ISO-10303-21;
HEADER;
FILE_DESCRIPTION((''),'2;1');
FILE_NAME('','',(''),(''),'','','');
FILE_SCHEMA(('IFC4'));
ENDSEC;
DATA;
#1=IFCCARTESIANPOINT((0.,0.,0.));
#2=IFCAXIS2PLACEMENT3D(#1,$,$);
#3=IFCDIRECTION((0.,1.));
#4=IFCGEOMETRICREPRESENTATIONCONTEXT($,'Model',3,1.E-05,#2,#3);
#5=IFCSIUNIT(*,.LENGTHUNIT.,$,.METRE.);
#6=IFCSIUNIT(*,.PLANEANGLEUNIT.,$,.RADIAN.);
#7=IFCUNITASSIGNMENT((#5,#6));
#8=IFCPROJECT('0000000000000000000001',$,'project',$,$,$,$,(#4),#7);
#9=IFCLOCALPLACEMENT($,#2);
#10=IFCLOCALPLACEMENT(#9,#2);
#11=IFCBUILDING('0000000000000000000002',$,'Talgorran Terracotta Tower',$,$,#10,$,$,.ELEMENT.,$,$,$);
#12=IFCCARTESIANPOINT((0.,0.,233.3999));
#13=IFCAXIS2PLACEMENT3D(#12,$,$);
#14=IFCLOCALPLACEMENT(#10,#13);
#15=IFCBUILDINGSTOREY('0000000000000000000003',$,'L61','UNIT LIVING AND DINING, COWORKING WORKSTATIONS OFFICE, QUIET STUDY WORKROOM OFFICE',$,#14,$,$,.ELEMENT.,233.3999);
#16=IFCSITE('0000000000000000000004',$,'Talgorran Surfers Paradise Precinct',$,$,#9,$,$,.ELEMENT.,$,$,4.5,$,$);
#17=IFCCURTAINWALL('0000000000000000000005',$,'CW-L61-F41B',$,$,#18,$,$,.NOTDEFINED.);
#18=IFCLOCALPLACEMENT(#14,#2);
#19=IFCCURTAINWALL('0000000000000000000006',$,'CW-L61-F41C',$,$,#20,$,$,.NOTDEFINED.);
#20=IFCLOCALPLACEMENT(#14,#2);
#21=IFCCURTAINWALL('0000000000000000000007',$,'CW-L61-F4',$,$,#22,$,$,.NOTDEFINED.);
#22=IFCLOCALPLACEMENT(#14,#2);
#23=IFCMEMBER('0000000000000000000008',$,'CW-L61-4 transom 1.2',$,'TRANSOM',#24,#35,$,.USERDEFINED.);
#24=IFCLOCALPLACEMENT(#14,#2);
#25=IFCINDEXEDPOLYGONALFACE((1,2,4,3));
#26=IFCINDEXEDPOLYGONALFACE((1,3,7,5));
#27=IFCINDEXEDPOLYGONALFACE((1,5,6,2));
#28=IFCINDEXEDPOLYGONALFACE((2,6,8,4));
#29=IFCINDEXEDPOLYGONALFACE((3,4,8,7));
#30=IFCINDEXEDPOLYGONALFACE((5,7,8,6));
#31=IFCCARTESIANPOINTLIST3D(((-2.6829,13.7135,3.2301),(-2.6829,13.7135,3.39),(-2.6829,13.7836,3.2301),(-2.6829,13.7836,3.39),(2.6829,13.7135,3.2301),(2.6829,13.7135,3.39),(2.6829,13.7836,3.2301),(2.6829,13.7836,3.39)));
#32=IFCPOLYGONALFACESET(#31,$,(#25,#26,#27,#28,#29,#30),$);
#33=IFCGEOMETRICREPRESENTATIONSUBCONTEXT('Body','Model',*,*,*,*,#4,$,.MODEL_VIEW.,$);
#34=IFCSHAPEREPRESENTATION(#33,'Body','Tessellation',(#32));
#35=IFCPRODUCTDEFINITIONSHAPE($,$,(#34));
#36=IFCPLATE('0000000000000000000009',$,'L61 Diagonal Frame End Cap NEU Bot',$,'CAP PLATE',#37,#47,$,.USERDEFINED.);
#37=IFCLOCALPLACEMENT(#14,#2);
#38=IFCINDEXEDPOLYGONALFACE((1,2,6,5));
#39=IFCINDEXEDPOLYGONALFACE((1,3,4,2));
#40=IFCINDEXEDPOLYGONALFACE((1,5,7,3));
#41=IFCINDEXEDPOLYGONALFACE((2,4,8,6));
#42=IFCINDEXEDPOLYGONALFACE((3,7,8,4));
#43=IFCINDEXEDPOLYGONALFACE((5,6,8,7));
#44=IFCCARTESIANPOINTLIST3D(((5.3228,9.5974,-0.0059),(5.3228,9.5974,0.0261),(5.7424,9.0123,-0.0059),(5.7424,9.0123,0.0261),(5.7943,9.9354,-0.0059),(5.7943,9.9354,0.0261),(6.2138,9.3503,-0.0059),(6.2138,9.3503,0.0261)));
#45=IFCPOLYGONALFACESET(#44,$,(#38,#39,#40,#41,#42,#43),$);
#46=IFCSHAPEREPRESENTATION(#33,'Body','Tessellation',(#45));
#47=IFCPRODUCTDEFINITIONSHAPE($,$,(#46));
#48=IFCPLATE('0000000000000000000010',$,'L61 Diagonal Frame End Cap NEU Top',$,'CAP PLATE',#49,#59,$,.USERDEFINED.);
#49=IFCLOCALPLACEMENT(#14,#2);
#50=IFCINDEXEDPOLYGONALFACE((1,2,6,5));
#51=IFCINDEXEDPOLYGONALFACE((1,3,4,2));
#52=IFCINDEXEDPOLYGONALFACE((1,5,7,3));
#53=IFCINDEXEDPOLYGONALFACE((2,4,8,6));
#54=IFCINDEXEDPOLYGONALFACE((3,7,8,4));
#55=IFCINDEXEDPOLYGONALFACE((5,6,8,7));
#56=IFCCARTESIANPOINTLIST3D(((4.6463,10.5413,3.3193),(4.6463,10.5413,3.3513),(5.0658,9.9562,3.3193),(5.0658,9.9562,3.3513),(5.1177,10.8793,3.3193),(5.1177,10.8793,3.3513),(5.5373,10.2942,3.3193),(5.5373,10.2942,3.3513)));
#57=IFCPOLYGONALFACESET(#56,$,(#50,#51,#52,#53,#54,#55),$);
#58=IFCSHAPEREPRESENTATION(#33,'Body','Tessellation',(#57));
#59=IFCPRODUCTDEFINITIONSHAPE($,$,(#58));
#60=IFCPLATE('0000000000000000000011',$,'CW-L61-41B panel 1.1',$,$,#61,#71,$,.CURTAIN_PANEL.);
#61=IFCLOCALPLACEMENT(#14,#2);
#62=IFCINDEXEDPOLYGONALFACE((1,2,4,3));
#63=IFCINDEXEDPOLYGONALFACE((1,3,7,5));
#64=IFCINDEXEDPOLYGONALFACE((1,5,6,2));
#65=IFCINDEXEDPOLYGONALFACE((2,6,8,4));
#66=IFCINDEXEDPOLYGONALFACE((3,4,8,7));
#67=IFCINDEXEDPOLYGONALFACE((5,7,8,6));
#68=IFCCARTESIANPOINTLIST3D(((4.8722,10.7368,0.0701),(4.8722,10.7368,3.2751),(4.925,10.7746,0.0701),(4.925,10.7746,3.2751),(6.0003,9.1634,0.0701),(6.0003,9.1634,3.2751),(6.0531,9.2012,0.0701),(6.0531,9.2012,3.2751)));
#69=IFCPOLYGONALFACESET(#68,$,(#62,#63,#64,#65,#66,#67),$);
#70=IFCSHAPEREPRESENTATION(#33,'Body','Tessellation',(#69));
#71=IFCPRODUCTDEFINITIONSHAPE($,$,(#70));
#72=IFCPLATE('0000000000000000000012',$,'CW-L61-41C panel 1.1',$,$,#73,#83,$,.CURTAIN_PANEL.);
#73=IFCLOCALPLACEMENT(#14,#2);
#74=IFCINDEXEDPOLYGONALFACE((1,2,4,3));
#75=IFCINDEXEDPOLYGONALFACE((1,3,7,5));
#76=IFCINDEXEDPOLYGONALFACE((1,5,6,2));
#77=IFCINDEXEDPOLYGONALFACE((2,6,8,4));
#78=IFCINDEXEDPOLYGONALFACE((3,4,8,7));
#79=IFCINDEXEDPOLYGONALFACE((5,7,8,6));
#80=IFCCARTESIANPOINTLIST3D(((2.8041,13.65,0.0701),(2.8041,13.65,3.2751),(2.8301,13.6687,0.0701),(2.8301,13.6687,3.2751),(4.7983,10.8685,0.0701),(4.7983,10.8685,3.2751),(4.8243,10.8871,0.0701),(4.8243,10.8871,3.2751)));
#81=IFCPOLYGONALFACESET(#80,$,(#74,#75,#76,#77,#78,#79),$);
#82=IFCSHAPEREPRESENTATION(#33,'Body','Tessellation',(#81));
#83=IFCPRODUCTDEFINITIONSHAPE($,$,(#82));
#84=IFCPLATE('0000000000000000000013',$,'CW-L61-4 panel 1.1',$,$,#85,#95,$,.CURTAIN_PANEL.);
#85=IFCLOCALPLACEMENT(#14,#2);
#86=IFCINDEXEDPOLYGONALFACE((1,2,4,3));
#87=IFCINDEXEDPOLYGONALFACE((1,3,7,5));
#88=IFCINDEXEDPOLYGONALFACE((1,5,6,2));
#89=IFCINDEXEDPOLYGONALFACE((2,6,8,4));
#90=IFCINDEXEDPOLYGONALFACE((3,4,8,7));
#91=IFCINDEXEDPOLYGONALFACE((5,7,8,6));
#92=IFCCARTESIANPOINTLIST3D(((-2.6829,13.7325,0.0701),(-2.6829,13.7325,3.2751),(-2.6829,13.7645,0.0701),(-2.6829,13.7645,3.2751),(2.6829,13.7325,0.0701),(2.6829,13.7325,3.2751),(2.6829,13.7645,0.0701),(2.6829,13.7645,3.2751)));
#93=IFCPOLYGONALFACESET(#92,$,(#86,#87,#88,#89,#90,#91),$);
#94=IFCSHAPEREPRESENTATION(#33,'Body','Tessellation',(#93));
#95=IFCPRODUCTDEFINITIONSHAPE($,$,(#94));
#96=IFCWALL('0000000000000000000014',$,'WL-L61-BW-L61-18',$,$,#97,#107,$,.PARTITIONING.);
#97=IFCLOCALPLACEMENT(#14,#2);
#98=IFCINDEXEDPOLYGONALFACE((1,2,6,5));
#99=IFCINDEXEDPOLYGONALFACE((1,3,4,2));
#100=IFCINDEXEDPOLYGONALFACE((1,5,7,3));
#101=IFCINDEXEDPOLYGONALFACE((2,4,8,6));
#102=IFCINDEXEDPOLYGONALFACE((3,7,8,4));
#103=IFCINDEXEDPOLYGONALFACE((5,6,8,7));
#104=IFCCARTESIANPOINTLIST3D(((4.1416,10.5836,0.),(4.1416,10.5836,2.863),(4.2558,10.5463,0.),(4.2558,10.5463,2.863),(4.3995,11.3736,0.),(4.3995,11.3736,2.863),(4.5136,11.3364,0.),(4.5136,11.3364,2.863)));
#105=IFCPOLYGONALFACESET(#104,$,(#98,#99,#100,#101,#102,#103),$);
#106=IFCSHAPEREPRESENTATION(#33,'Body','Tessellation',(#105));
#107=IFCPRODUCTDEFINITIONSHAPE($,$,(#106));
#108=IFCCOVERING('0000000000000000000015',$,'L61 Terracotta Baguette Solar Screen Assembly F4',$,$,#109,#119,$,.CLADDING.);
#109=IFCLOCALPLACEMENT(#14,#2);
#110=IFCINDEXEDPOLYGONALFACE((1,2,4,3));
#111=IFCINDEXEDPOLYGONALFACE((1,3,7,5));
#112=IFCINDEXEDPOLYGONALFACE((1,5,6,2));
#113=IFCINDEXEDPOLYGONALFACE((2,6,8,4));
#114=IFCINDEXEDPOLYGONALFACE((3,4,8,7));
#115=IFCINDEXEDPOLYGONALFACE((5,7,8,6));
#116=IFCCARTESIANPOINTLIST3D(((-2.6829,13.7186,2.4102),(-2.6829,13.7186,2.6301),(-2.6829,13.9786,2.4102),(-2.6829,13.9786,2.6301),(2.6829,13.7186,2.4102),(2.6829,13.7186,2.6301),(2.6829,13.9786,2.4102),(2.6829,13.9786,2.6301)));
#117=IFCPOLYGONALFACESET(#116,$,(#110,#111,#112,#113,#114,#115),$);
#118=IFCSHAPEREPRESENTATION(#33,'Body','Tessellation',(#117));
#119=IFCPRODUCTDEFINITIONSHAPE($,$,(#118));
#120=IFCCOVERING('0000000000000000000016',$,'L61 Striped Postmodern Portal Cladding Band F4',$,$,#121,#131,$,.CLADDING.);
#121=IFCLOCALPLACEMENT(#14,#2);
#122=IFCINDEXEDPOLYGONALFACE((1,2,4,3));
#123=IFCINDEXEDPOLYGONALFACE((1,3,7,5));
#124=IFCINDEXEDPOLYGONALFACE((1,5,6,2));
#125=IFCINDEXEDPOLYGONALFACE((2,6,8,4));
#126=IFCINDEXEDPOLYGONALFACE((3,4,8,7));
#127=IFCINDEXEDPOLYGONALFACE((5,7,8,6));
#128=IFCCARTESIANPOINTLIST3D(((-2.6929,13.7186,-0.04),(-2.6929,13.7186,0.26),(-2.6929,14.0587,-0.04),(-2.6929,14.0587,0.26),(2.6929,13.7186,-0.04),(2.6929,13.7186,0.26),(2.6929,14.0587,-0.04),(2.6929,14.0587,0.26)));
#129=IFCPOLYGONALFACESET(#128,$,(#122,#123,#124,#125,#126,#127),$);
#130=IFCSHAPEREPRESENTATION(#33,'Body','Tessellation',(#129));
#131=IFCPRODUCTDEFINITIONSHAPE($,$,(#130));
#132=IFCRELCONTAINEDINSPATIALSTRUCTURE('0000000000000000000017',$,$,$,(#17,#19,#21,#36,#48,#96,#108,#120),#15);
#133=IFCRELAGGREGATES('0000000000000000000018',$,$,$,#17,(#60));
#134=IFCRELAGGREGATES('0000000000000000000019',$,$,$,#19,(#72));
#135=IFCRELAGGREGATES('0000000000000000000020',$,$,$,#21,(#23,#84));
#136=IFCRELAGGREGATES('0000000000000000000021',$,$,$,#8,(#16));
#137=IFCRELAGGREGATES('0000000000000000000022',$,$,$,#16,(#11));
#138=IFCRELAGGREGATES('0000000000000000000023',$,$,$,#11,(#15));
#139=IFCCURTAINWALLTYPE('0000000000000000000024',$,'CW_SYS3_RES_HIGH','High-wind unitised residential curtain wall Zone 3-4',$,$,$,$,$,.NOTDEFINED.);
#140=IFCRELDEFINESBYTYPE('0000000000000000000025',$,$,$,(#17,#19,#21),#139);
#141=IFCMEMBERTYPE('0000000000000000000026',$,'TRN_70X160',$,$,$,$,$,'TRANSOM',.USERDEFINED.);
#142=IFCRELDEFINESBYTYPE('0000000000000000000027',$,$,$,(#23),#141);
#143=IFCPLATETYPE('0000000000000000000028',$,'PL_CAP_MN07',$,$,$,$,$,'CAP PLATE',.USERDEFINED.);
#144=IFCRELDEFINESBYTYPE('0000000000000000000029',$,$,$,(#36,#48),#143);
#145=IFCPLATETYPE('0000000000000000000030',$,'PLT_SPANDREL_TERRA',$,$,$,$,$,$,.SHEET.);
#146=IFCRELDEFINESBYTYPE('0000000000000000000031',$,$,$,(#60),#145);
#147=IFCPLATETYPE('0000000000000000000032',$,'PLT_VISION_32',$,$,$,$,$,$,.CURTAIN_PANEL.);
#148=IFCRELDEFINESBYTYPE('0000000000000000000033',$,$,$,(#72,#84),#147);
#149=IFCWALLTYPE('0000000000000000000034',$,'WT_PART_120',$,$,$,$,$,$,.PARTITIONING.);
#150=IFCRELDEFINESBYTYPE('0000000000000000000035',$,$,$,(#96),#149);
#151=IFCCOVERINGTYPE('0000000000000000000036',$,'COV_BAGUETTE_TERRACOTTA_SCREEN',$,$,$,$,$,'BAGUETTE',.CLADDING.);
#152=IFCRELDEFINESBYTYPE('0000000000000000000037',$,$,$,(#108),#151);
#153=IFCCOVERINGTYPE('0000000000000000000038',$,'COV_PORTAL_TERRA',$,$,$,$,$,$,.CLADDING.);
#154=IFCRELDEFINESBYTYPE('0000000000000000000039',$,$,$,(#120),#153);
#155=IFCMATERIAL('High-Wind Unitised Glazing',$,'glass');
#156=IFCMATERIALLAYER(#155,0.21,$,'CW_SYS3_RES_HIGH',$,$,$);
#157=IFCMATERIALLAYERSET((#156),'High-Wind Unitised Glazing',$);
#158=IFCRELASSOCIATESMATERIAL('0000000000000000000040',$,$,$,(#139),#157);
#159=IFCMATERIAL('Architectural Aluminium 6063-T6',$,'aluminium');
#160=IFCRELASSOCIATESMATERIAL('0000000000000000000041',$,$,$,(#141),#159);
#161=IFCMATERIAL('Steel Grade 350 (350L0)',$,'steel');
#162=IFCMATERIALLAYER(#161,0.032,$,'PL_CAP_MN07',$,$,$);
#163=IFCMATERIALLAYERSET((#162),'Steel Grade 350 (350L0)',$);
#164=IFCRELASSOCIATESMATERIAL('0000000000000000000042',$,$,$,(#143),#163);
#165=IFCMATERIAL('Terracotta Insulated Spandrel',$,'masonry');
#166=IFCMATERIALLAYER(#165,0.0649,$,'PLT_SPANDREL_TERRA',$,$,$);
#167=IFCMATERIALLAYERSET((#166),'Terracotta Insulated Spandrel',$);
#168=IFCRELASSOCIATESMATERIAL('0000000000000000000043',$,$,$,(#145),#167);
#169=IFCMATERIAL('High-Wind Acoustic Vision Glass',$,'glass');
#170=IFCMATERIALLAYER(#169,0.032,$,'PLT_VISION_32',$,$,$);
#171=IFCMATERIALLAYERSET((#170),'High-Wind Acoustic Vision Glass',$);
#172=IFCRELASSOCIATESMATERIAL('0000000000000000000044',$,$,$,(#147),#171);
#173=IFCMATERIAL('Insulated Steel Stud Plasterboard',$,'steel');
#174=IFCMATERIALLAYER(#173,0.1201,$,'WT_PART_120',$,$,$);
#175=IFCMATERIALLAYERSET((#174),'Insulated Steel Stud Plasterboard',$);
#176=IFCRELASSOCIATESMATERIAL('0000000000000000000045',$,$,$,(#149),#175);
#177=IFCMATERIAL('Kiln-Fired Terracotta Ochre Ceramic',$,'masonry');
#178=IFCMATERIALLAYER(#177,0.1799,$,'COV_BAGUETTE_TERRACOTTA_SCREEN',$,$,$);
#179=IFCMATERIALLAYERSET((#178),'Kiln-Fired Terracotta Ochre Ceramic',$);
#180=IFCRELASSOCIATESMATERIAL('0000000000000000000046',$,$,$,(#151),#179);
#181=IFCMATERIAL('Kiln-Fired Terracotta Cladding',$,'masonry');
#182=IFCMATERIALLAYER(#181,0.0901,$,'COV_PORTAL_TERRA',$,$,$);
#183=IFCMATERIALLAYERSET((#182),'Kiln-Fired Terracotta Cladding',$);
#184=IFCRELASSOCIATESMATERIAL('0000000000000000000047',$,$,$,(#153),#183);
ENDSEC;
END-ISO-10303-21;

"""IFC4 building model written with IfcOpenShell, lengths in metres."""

from ifc_helpers import new_model, si_unit, direction, frame, frame_2d, origin, origin_2d, place, context, subcontext, project, spatial, rectangle, extrude, source, transform, mapped, material, layer, layer_set, material_profile, profile_set, type_object, type_shapes, element, aggregate, save


model = new_model("IFC4")

# Units and contexts
model_context = context("Model", 3, precision=1e-05, world=origin(), true_north=direction((0.0, 1.0)))
body_context = subcontext(model_context, "Body", "Model", "MODEL_VIEW")
ifc_project = project(units=[si_unit("LENGTHUNIT", "METRE"), si_unit("PLANEANGLEUNIT", "RADIAN")], contexts=[model_context])

# Site, building, storey
site_placement = place(None, origin())
site = spatial("IfcSite", under=ifc_project, at=site_placement, Name="Talgorran Surfers Paradise Precinct", CompositionType="ELEMENT", RefElevation=4.5)
building_placement = place(site_placement, origin())
building = spatial("IfcBuilding", under=site, at=building_placement, Name="Talgorran Terracotta Tower", CompositionType="ELEMENT")
storey_placement = place(building_placement, frame((0.0, 0.0, 233.3999)))
storey = spatial("IfcBuildingStorey", under=building, at=storey_placement, Name="L61", Description="UNIT LIVING AND DINING, COWORKING WORKSTATIONS OFFICE, QUIET STUDY WORKROOM OFFICE", CompositionType="ELEMENT", Elevation=233.3999)

# Shared definitions
ifc_material_1 = material(Name="Steel Grade 350 (350L0)", Category="steel")

# Curtain wall
ifc_material_2 = material(Name="High-Wind Unitised Glazing", Category="glass")
ifc_layer_1 = layer(ifc_material_2, 0.21, Name="CW_SYS3_RES_HIGH")
ifc_layer_set_1 = layer_set([ifc_layer_1], Name="High-Wind Unitised Glazing")
curtain_wall_type = type_object("IfcCurtainWallType", Name="CW_SYS3_RES_HIGH", Description="High-wind unitised residential curtain wall Zone 3-4", PredefinedType="NOTDEFINED", material=ifc_layer_set_1)
curtain_wall_1_placement = place(storey_placement, origin())
curtain_wall_1 = element("IfcCurtainWall", 1, at=curtain_wall_1_placement, inside=storey, type_object=curtain_wall_type, Name="CW-L61-F41B", PredefinedType="NOTDEFINED")
ifc_material_3 = material(Name="Architectural Aluminium 6063-T6", Category="aluminium")

# Curtain wall
curtain_wall_2_placement = place(storey_placement, origin())
curtain_wall_2 = element("IfcCurtainWall", 2, at=curtain_wall_2_placement, inside=storey, type_object=curtain_wall_type, Name="CW-L61-F41C", PredefinedType="NOTDEFINED")

# Curtain wall
curtain_wall_3_placement = place(storey_placement, origin())
curtain_wall_3 = element("IfcCurtainWall", 3, at=curtain_wall_3_placement, inside=storey, type_object=curtain_wall_type, Name="CW-L61-F4", PredefinedType="NOTDEFINED")

# Member
ifc_material_profile_1 = material_profile(ifc_material_3, rectangle(XDim=0.0701, YDim=0.1599, at=origin_2d()), Name="CWT70X160")
ifc_profile_set_1 = profile_set([ifc_material_profile_1], Name="Architectural Aluminium 6063-T6")
member_type_1 = type_object("IfcMemberType", Name="TRN_70X160", ElementType="TRANSOM", PredefinedType="USERDEFINED", material=ifc_profile_set_1)
member_1_placement = place(storey_placement, frame((2.6829, 13.7485, 3.3101), z_axis=(-1.0, 0.0, 0.0), x_axis=(0.0, -1.0, 0.0)))
member_1 = element("IfcMember", 4, at=member_1_placement, type_object=member_type_1, Name="CW-L61-4 transom 1.2", ObjectType="TRANSOM", PredefinedType="USERDEFINED", context=body_context, shape_type="SweptSolid", body=[
    extrude(rectangle(XDim=0.0701, YDim=0.1599, at=origin_2d()), origin(), (0.0, 0.0, 1.0), 5.3657),
])

# Plates
ifc_layer_2 = layer(ifc_material_1, 0.032, Name="PL_CAP_MN07")
ifc_layer_set_2 = layer_set([ifc_layer_2], Name="Steel Grade 350 (350L0)")
plate_type_1 = type_object("IfcPlateType", Name="PL_CAP_MN07", ElementType="CAP PLATE", PredefinedType="USERDEFINED", material=ifc_layer_set_2)
for number, where, z_axis, x_axis, name in (
    (5, (5.7683, 9.4739, -0.0059), (0.0, 0.0, 1.0), (-0.58269, 0.812694, 0.0), "L61 Diagonal Frame End Cap NEU Bot"),
    (6, (5.0918, 10.4177, 3.3193), (0.0, 0.0, 1.0), (-0.58269, 0.812694, 0.0), "L61 Diagonal Frame End Cap NEU Top"),
):
    element("IfcPlate", number, at=place(storey_placement, frame(where, z_axis=z_axis, x_axis=x_axis)), inside=storey, type_object=plate_type_1, Name=name, ObjectType="CAP PLATE", PredefinedType="USERDEFINED", context=body_context, shape_type="SweptSolid", body=[
        extrude(rectangle(XDim=0.72, YDim=0.5801, at=origin_2d()), origin(), (0.0, 0.0, 1.0), 0.032),
    ])

# Plates
ifc_material_4 = material(Name="Terracotta Insulated Spandrel", Category="masonry")
ifc_layer_3 = layer(ifc_material_4, 0.0649, Name="PLT_SPANDREL_TERRA")
ifc_layer_set_3 = layer_set([ifc_layer_3], Name="Terracotta Insulated Spandrel")
plate_type_2 = type_object("IfcPlateType", Name="PLT_SPANDREL_TERRA", PredefinedType="SHEET", material=ifc_layer_set_3)
shared_shape_1 = source(origin(), body_context, "Body", "SweptSolid", [
    extrude(rectangle(XDim=1.936, YDim=0.0649, at=origin_2d()), origin(), (0.0, 0.0, 1.0), 3.2051),
])
type_shapes(plate_type_2, [shared_shape_1])
plate_1_placement = place(storey_placement, frame((5.4626, 9.969, 0.0701), z_axis=(0.0, 0.0, 1.0), x_axis=(-0.582682, 0.8127, 0.0)))
plate_1 = element("IfcPlate", 7, at=plate_1_placement, type_object=plate_type_2, Name="CW-L61-41B panel 1.1", PredefinedType="CURTAIN_PANEL", context=body_context, shape_type="MappedRepresentation", body=[
    mapped(shared_shape_1, transform((0.0, 0.0, 0.0), scale=1.0)),
])
aggregate(curtain_wall_1, [plate_1])
ifc_material_5 = material(Name="High-Wind Acoustic Vision Glass", Category="glass")
ifc_layer_4 = layer(ifc_material_5, 0.032, Name="PLT_VISION_32")
ifc_layer_set_4 = layer_set([ifc_layer_4], Name="High-Wind Acoustic Vision Glass")
plate_type_3 = type_object("IfcPlateType", Name="PLT_VISION_32", PredefinedType="CURTAIN_PANEL", material=ifc_layer_set_4)
shared_shape_2 = source(origin(), body_context, "Body", "SweptSolid", [
    extrude(rectangle(XDim=3.4226, YDim=0.032, at=origin_2d()), origin(), (0.0, 0.0, 1.0), 3.2051),
])
plate_2_placement = place(storey_placement, frame((3.8142, 12.2686, 0.0701), z_axis=(0.0, 0.0, 1.0), x_axis=(-0.582674, 0.812706, 0.0)))
plate_2 = element("IfcPlate", 8, at=plate_2_placement, type_object=plate_type_3, Name="CW-L61-41C panel 1.1", PredefinedType="CURTAIN_PANEL", context=body_context, shape_type="MappedRepresentation", body=[
    mapped(shared_shape_2, transform((0.0, 0.0, 0.0), scale=1.0)),
])
aggregate(curtain_wall_2, [plate_2])
shared_shape_3 = source(origin(), body_context, "Body", "SweptSolid", [
    extrude(rectangle(XDim=5.3657, YDim=0.032, at=origin_2d()), origin(), (0.0, 0.0, 1.0), 3.2051),
])
type_shapes(plate_type_3, [shared_shape_2, shared_shape_3])
plate_3_placement = place(storey_placement, frame((0.0, 13.7485, 0.0701), z_axis=(0.0, 0.0, 1.0), x_axis=(-1.0, 0.0, 0.0)))
plate_3 = element("IfcPlate", 9, at=plate_3_placement, type_object=plate_type_3, Name="CW-L61-4 panel 1.1", PredefinedType="CURTAIN_PANEL", context=body_context, shape_type="MappedRepresentation", body=[
    mapped(shared_shape_3, transform((0.0, 0.0, 0.0), scale=1.0)),
])
aggregate(curtain_wall_3, [member_1, plate_3])

# Wall
ifc_material_6 = material(Name="Insulated Steel Stud Plasterboard", Category="steel")
ifc_layer_5 = layer(ifc_material_6, 0.1201, Name="WT_PART_120")
ifc_layer_set_5 = layer_set([ifc_layer_5], Name="Insulated Steel Stud Plasterboard")
wall_type = type_object("IfcWallType", Name="WT_PART_120", PredefinedType="PARTITIONING", material=ifc_layer_set_5)
wall_placement = place(storey_placement, frame((4.1987, 10.5649, 0.0), z_axis=(0.0, 0.0, 1.0), x_axis=(0.310228, 0.950662, 0.0)))
element("IfcWall", 10, at=wall_placement, inside=storey, type_object=wall_type, Name="WL-L61-BW-L61-18", PredefinedType="PARTITIONING", context=body_context, shape_type="SweptSolid", body=[
    extrude(rectangle(XDim=0.8311, YDim=0.1201, at=frame_2d((0.4155, 0.0))), origin(), (0.0, 0.0, 1.0), 2.863),
])

# Coverings
ifc_material_7 = material(Name="Kiln-Fired Terracotta Ochre Ceramic", Category="masonry")
ifc_layer_6 = layer(ifc_material_7, 0.1799, Name="COV_BAGUETTE_TERRACOTTA_SCREEN")
ifc_layer_set_6 = layer_set([ifc_layer_6], Name="Kiln-Fired Terracotta Ochre Ceramic")
covering_type_1 = type_object("IfcCoveringType", Name="COV_BAGUETTE_TERRACOTTA_SCREEN", ElementType="BAGUETTE", PredefinedType="CLADDING", material=ifc_layer_set_6)
covering_1_placement = place(storey_placement, frame((0.0, 13.8486, 2.4102), z_axis=(0.0, 0.0, 1.0), x_axis=(-1.0, 0.0, 0.0)))
element("IfcCovering", 11, at=covering_1_placement, inside=storey, type_object=covering_type_1, Name="L61 Terracotta Baguette Solar Screen Assembly F4", PredefinedType="CLADDING", context=body_context, shape_type="SweptSolid", body=[
    extrude(rectangle(XDim=5.3657, YDim=0.26, at=origin_2d()), origin(), (0.0, 0.0, 1.0), 0.22),
])
ifc_material_8 = material(Name="Kiln-Fired Terracotta Cladding", Category="masonry")
ifc_layer_7 = layer(ifc_material_8, 0.0901, Name="COV_PORTAL_TERRA")
ifc_layer_set_7 = layer_set([ifc_layer_7], Name="Kiln-Fired Terracotta Cladding")
covering_type_2 = type_object("IfcCoveringType", Name="COV_PORTAL_TERRA", PredefinedType="CLADDING", material=ifc_layer_set_7)
covering_2_placement = place(storey_placement, frame((0.0, 13.8887, -0.04), z_axis=(0.0, 0.0, 1.0), x_axis=(-1.0, 0.0, 0.0)))
element("IfcCovering", 12, at=covering_2_placement, inside=storey, type_object=covering_type_2, Name="L61 Striped Postmodern Portal Cladding Band F4", PredefinedType="CLADDING", context=body_context, shape_type="SweptSolid", body=[
    extrude(rectangle(XDim=5.3857, YDim=0.3401, at=origin_2d()), origin(), (0.0, 0.0, 1.0), 0.3),
])

save(model, "model.ifc")
